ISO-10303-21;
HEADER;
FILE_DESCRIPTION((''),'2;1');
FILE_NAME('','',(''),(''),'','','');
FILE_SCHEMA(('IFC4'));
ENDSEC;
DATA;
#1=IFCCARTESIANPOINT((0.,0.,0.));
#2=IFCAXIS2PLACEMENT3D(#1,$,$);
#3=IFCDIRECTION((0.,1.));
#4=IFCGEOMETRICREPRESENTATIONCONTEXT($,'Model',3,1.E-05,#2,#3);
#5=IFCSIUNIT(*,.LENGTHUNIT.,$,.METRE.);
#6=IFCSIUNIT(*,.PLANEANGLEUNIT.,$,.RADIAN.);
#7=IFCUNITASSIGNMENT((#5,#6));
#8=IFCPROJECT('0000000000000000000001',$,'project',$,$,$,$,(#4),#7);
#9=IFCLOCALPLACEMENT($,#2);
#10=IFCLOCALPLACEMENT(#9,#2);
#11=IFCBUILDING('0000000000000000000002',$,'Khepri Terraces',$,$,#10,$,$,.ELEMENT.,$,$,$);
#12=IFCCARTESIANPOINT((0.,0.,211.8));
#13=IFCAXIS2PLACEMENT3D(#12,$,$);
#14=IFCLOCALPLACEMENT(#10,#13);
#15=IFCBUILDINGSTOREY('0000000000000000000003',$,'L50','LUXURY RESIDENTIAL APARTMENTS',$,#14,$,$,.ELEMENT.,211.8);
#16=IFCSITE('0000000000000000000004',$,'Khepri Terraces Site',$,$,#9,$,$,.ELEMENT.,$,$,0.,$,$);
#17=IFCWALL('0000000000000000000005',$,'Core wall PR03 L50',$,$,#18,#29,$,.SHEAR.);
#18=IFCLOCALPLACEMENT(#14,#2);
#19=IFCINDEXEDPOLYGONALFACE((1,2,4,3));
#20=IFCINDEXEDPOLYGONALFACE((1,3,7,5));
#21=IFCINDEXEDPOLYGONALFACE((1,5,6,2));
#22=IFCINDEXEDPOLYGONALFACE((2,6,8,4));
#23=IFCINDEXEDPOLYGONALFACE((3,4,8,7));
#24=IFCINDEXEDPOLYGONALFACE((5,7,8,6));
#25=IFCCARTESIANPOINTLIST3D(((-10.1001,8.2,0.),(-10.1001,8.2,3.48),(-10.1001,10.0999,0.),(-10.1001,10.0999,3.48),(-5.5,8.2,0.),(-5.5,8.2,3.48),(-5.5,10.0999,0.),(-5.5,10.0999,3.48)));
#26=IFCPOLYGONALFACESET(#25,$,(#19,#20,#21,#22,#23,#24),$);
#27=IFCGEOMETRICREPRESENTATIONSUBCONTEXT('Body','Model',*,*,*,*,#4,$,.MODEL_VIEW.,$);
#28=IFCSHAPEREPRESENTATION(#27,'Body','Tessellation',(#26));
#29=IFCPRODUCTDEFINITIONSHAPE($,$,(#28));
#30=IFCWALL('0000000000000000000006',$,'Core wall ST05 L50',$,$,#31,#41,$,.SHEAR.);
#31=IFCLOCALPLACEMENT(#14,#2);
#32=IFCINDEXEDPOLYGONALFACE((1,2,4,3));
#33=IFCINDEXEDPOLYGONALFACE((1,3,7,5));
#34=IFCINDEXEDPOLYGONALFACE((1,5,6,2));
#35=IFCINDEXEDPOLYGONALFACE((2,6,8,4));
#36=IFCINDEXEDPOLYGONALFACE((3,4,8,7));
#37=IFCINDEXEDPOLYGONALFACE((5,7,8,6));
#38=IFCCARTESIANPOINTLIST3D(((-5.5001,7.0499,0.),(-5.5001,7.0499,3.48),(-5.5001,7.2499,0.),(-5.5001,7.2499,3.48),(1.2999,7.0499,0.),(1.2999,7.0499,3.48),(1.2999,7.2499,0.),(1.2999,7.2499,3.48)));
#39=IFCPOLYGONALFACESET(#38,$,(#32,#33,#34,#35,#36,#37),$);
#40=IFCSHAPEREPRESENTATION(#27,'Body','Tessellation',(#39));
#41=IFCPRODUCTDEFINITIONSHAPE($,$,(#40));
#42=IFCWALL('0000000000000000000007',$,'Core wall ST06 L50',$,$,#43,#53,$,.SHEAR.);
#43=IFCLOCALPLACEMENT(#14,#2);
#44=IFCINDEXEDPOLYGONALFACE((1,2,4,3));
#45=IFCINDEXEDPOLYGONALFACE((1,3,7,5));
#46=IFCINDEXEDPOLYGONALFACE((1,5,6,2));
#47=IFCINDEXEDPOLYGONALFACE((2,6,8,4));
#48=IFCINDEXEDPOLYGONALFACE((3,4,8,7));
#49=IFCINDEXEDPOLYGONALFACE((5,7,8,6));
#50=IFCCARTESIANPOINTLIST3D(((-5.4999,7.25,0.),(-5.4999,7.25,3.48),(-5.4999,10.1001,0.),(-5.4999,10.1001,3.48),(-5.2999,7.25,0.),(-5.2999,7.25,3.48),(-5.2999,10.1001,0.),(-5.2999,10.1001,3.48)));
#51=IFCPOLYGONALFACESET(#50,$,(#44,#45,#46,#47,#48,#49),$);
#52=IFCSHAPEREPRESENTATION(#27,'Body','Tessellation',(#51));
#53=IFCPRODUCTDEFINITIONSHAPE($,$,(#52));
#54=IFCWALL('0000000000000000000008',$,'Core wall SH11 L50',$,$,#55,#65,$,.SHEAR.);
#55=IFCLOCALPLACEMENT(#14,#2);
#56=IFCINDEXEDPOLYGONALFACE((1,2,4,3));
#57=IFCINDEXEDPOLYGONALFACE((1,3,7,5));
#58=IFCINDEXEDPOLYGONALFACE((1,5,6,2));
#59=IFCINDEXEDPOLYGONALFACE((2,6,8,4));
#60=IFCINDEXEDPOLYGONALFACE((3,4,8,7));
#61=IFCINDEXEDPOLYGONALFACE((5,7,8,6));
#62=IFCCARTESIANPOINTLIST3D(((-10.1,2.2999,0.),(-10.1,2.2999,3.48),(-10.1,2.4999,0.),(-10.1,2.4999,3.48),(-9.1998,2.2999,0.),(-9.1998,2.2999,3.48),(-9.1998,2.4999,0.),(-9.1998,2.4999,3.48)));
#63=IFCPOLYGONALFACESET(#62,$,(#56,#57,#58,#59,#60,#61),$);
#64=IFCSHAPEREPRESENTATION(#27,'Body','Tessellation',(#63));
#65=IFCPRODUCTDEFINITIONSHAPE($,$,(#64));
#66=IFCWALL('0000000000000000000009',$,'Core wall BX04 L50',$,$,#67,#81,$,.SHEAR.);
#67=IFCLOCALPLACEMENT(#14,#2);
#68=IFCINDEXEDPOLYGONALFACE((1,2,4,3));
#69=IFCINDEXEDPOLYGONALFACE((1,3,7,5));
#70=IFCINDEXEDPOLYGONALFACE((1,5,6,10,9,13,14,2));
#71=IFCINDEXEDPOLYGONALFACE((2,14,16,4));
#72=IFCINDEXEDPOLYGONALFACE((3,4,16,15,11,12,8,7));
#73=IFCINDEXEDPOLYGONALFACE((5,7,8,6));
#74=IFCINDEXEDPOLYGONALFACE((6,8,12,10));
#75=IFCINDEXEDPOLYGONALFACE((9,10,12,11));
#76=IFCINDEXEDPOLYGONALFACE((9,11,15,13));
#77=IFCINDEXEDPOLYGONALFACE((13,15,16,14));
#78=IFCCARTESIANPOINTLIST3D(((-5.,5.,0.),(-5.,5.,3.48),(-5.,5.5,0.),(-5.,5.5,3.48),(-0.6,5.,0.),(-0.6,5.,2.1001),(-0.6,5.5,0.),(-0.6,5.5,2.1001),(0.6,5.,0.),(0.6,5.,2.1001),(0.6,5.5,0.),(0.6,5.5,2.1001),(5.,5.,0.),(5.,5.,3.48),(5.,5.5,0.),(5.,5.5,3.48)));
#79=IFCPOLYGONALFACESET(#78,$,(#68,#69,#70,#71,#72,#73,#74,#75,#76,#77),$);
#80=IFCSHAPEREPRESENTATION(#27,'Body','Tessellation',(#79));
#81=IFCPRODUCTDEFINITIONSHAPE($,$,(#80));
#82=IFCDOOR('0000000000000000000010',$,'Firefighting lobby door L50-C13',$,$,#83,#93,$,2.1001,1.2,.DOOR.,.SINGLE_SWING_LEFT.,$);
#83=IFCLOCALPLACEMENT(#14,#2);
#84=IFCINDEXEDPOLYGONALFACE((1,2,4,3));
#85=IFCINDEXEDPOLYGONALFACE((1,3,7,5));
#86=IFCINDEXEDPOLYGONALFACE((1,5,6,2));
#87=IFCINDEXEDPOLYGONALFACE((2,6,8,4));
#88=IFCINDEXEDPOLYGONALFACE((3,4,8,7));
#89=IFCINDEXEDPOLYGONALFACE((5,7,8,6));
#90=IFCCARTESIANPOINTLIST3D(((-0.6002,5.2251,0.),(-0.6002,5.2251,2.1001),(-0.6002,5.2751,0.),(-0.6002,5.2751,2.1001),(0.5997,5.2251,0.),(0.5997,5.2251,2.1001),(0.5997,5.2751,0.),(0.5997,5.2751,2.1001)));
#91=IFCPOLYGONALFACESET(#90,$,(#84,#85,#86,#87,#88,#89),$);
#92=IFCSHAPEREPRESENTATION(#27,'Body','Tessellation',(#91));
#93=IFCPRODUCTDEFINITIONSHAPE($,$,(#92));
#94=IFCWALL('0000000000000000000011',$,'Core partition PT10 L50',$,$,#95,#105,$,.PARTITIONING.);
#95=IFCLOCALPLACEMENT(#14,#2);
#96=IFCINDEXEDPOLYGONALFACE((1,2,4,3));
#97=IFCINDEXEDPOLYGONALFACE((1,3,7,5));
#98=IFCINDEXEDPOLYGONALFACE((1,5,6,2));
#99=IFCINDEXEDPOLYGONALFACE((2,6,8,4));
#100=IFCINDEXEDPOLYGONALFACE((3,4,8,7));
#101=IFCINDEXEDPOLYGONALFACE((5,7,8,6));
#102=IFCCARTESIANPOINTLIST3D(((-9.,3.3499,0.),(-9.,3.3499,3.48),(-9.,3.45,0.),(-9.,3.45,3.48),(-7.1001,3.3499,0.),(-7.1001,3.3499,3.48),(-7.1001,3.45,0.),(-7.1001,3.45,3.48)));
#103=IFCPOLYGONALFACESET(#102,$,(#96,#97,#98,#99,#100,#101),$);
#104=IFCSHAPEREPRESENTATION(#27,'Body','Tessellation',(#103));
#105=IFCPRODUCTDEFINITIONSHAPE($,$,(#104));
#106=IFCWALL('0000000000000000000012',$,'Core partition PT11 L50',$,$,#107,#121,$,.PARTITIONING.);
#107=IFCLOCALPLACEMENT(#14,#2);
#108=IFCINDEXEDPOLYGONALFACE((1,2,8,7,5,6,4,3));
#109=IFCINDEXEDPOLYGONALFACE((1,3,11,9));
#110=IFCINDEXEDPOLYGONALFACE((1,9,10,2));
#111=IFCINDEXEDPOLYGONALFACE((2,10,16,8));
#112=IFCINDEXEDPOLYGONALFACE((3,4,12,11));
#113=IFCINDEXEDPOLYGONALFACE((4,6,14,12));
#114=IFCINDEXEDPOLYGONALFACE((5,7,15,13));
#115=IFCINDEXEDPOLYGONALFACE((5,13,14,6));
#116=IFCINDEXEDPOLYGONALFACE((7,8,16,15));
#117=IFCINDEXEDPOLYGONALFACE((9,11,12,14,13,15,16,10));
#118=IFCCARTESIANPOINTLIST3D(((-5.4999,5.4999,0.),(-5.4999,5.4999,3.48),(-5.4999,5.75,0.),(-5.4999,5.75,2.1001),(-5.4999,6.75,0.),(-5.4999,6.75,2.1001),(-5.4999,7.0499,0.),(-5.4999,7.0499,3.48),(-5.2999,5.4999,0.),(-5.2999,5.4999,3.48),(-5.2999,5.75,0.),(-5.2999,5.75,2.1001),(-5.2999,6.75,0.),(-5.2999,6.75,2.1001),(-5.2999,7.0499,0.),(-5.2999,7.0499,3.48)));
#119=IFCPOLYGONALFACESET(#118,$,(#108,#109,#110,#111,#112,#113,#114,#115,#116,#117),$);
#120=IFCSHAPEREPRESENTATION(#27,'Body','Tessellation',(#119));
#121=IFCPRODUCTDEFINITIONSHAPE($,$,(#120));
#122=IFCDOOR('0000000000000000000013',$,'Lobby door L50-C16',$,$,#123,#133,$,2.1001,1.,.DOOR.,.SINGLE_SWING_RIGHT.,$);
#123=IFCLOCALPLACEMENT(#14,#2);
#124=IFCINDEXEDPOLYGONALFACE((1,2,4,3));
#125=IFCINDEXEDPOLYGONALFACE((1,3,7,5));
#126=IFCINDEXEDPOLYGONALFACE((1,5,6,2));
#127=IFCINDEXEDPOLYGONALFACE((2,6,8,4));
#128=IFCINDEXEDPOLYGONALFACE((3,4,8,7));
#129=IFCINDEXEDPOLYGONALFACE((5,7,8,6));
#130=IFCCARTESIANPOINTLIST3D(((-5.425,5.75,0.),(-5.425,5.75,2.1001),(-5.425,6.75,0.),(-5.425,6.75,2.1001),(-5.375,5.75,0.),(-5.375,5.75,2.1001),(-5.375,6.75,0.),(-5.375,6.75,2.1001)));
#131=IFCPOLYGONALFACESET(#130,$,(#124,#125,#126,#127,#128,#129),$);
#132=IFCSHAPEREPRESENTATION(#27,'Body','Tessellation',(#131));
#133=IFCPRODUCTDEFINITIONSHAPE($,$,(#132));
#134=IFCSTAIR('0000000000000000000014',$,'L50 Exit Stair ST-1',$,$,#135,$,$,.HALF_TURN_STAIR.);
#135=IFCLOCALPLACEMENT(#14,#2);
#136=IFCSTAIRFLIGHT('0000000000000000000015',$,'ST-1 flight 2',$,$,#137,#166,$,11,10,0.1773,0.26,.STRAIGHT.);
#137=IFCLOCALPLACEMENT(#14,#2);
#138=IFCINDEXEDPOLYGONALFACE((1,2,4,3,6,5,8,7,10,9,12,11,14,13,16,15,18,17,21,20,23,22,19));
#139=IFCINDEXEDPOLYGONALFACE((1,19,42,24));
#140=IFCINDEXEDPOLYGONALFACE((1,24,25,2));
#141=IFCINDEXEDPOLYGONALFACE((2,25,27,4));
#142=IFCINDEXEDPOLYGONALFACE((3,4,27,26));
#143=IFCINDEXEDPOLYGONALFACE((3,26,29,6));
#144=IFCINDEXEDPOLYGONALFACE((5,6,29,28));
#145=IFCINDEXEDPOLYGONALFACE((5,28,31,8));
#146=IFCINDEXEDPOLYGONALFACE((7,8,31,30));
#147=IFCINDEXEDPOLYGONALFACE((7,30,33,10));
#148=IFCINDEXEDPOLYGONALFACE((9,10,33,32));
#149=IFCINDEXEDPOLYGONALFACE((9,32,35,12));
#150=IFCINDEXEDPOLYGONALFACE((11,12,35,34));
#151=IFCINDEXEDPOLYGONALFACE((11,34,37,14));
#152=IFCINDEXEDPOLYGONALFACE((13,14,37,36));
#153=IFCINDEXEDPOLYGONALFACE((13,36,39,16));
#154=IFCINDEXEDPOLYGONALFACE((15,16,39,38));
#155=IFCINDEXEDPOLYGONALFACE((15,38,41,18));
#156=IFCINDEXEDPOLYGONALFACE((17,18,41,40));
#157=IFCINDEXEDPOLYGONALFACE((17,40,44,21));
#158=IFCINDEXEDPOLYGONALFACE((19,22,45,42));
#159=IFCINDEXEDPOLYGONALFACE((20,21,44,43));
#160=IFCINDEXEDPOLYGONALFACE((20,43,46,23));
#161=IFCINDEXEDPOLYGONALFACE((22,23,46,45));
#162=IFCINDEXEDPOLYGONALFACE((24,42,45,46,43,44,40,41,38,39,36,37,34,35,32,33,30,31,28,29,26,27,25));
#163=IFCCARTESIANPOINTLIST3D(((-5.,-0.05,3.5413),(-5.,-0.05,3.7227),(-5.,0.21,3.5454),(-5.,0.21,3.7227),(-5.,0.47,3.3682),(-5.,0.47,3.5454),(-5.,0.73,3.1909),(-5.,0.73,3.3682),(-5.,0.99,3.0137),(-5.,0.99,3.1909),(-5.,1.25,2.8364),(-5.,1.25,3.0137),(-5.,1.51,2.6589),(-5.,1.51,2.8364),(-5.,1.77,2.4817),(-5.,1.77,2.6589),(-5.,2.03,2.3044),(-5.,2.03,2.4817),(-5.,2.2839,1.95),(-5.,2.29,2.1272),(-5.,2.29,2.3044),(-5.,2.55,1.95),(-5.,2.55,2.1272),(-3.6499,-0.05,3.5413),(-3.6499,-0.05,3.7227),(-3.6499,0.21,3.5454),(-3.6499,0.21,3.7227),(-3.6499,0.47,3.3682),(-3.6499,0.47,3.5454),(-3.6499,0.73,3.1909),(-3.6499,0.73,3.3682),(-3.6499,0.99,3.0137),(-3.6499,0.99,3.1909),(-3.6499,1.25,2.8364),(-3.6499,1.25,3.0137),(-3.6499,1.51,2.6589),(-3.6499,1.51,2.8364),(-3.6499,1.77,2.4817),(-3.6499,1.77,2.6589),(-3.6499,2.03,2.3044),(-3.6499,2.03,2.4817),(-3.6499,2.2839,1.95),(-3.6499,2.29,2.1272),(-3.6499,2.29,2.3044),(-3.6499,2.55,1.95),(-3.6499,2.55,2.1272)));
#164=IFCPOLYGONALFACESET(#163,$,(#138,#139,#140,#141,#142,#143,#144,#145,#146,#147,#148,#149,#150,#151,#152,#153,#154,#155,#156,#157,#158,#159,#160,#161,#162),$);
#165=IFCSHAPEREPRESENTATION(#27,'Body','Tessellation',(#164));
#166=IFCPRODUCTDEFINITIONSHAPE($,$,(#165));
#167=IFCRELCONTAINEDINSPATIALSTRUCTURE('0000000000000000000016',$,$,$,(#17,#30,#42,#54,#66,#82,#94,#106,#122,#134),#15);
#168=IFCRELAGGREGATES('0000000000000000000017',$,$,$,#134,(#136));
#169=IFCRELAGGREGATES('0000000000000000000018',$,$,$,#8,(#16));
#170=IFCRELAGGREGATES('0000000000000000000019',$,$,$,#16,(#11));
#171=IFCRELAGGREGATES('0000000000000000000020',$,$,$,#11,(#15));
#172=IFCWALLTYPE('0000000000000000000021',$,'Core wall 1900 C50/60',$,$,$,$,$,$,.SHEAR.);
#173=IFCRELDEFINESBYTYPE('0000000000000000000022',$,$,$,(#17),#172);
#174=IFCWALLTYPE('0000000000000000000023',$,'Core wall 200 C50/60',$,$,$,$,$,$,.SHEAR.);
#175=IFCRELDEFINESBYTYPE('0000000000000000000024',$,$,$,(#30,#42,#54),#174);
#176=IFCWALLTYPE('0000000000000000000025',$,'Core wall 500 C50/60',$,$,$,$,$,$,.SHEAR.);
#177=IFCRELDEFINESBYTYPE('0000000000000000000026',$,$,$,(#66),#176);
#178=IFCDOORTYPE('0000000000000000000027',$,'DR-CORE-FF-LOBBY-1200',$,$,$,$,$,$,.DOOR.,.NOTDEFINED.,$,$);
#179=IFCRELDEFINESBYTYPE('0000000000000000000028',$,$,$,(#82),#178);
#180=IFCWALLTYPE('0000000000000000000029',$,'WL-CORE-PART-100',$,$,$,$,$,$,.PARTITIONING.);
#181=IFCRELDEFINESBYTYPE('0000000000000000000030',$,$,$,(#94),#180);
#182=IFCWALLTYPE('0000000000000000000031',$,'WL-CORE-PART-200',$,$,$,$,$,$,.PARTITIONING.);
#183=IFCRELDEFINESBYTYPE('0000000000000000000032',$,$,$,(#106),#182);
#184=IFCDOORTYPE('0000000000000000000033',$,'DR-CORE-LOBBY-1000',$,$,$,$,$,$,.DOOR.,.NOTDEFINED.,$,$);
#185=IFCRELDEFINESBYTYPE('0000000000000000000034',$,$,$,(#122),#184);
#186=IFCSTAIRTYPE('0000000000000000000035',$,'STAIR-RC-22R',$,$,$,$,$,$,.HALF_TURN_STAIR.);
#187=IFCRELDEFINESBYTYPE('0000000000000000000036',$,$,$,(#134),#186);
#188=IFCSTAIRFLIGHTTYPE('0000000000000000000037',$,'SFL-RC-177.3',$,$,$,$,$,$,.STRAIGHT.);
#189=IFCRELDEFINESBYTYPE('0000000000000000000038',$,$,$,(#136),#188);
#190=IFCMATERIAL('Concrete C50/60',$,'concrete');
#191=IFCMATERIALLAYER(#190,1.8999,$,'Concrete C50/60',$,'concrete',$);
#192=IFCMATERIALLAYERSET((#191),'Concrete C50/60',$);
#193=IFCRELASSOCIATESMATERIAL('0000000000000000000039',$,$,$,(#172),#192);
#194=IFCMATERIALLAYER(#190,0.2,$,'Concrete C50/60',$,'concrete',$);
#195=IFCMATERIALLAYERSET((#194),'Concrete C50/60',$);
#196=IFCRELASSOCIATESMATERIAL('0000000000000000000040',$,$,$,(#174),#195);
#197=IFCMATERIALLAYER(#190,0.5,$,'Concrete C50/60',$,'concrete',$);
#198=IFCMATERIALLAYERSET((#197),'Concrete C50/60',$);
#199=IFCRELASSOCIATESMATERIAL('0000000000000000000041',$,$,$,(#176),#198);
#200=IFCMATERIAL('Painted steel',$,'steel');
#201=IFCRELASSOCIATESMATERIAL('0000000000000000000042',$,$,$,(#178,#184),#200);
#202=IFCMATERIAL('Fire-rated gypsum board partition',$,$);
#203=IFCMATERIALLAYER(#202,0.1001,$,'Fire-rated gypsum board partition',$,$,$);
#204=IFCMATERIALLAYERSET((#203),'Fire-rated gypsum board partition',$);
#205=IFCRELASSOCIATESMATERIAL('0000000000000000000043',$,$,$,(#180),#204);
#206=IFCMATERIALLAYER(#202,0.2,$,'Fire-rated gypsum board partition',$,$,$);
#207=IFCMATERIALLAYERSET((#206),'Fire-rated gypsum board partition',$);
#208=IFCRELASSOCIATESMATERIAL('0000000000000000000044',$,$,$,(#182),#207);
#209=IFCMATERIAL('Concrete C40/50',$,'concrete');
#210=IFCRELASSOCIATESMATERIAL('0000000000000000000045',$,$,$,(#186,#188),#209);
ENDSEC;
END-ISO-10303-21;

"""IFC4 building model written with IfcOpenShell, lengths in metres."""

from ifc_helpers import new_model, si_unit, direction, frame, frame_2d, origin, place, context, subcontext, project, spatial, polyline, rectangle, outline, extrude, material, layer, layer_set, type_object, element, fill, aggregate, save


model = new_model("IFC4")

# Units and contexts
model_context = context("Model", 3, precision=1e-05, world=origin(), true_north=direction((0.0, 1.0)))
body_context = subcontext(model_context, "Body", "Model", "MODEL_VIEW")
ifc_project = project(units=[si_unit("LENGTHUNIT", "METRE"), si_unit("PLANEANGLEUNIT", "RADIAN")], contexts=[model_context])

# Site, building, storey
site_placement = place(None, origin())
site = spatial("IfcSite", under=ifc_project, at=site_placement, Name="Khepri Terraces Site", CompositionType="ELEMENT", RefElevation=0.0)
building_placement = place(site_placement, origin())
building = spatial("IfcBuilding", under=site, at=building_placement, Name="Khepri Terraces", CompositionType="ELEMENT")
storey_placement = place(building_placement, frame((0.0, 0.0, 211.8)))
storey = spatial("IfcBuildingStorey", under=building, at=storey_placement, Name="L50", Description="LUXURY RESIDENTIAL APARTMENTS", CompositionType="ELEMENT", Elevation=211.8)

# Walls
ifc_material_1 = material(Name="Concrete C50/60", Category="concrete")
ifc_layer_1 = layer(ifc_material_1, 1.8999, Name="Concrete C50/60", Category="concrete")
ifc_layer_set_1 = layer_set([ifc_layer_1], Name="Concrete C50/60")
wall_type_1 = type_object("IfcWallType", Name="Core wall 1900 C50/60", PredefinedType="SHEAR", material=ifc_layer_set_1)
wall_1_placement = place(storey_placement, frame((-10.1001, 9.1499, 0.0), z_axis=(0.0, 0.0, 1.0), x_axis=(1.0, 0.0, 0.0)))
element("IfcWall", 1, at=wall_1_placement, inside=storey, type_object=wall_type_1, Name="Core wall PR03 L50", PredefinedType="SHEAR", context=body_context, shape_type="SweptSolid", body=[
    extrude(rectangle(XDim=4.6001, YDim=1.8999, at=frame_2d((2.3, 0.0))), origin(), (0.0, 0.0, 1.0), 3.48),
])
ifc_layer_2 = layer(ifc_material_1, 0.2, Name="Concrete C50/60", Category="concrete")
ifc_layer_set_2 = layer_set([ifc_layer_2], Name="Concrete C50/60")
wall_type_2 = type_object("IfcWallType", Name="Core wall 200 C50/60", PredefinedType="SHEAR", material=ifc_layer_set_2)
wall_2_placement = place(storey_placement, frame((-5.5, 7.1499, 0.0), z_axis=(0.0, 0.0, 1.0), x_axis=(1.0, 0.0, 0.0)))
element("IfcWall", 2, at=wall_2_placement, inside=storey, type_object=wall_type_2, Name="Core wall ST05 L50", PredefinedType="SHEAR", context=body_context, shape_type="SweptSolid", body=[
    extrude(rectangle(XDim=6.8, YDim=0.2, at=frame_2d((3.3999, 0.0))), origin(), (0.0, 0.0, 1.0), 3.48),
])
wall_3_placement = place(storey_placement, frame((-5.3999, 7.25, 0.0), z_axis=(0.0, 0.0, 1.0), x_axis=(0.0, 1.0, 0.0)))
element("IfcWall", 3, at=wall_3_placement, inside=storey, type_object=wall_type_2, Name="Core wall ST06 L50", PredefinedType="SHEAR", context=body_context, shape_type="SweptSolid", body=[
    extrude(rectangle(XDim=2.8501, YDim=0.2, at=frame_2d((1.425, 0.0))), origin(), (0.0, 0.0, 1.0), 3.48),
])
wall_4_placement = place(storey_placement, frame((-10.1001, 2.3999, 0.0), z_axis=(0.0, 0.0, 1.0), x_axis=(1.0, 0.0, 0.0)))
element("IfcWall", 4, at=wall_4_placement, inside=storey, type_object=wall_type_2, Name="Core wall SH11 L50", PredefinedType="SHEAR", context=body_context, shape_type="SweptSolid", body=[
    extrude(rectangle(XDim=0.9001, YDim=0.2, at=frame_2d((0.4502, 0.0))), origin(), (0.0, 0.0, 1.0), 3.48),
])

# Wall, opening, door
ifc_layer_3 = layer(ifc_material_1, 0.5, Name="Concrete C50/60", Category="concrete")
ifc_layer_set_3 = layer_set([ifc_layer_3], Name="Concrete C50/60")
wall_type_3 = type_object("IfcWallType", Name="Core wall 500 C50/60", PredefinedType="SHEAR", material=ifc_layer_set_3)
wall_5_placement = place(storey_placement, frame((-5.0, 5.25, 0.0), z_axis=(0.0, 0.0, 1.0), x_axis=(1.0, 0.0, 0.0)))
wall_5 = element("IfcWall", 5, at=wall_5_placement, inside=storey, type_object=wall_type_3, Name="Core wall BX04 L50", PredefinedType="SHEAR", context=body_context, shape_type="SweptSolid", body=[
    extrude(rectangle(XDim=10.0, YDim=0.5, at=frame_2d((5.0, 0.0))), origin(), (0.0, 0.0, 1.0), 3.48),
])
opening_1_placement = place(wall_5_placement, frame((4.3999, 0.0, 0.0)))
opening_1 = element("IfcOpeningElement", 6, at=opening_1_placement, cuts=wall_5, PredefinedType="OPENING", context=body_context, shape_type="SweptSolid", body=[
    extrude(rectangle(XDim=1.2, YDim=2.1001, at=frame_2d((0.6001, 1.05))), frame((0.0, 0.26, 0.0), z_axis=(0.0, -1.0, 0.0), x_axis=(1.0, 0.0, 0.0)), (0.0, 0.0, 1.0), 0.52),
])
ifc_material_2 = material(Name="Painted steel", Category="steel")
door_type_1 = type_object("IfcDoorType", Name="DR-CORE-FF-LOBBY-1200", OperationType="NOTDEFINED", PredefinedType="DOOR", material=ifc_material_2)
door_1_placement = place(opening_1_placement, frame((1.2, 0.0, 0.0), z_axis=(0.0, 0.0, 1.0), x_axis=(-1.0, 0.0, 0.0)))
door_1 = element("IfcDoor", 7, at=door_1_placement, inside=storey, type_object=door_type_1, Name="Firefighting lobby door L50-C13", OperationType="SINGLE_SWING_LEFT", OverallHeight=2.1001, OverallWidth=1.2, PredefinedType="DOOR", context=body_context, shape_type="SweptSolid", body=[
    extrude(rectangle(XDim=1.2, YDim=2.1001, at=frame_2d((0.6001, 1.05))), frame((0.0, 0.0249, 0.0), z_axis=(0.0, -1.0, 0.0), x_axis=(1.0, 0.0, 0.0)), (0.0, 0.0, 1.0), 0.05),
])
fill(opening_1, door_1)

# Wall
ifc_material_3 = material(Name="Fire-rated gypsum board partition")
ifc_layer_4 = layer(ifc_material_3, 0.1001, Name="Fire-rated gypsum board partition")
ifc_layer_set_4 = layer_set([ifc_layer_4], Name="Fire-rated gypsum board partition")
wall_type_4 = type_object("IfcWallType", Name="WL-CORE-PART-100", PredefinedType="PARTITIONING", material=ifc_layer_set_4)
wall_6_placement = place(storey_placement, frame((-9.0, 3.3999, 0.0), z_axis=(0.0, 0.0, 1.0), x_axis=(1.0, 0.0, 0.0)))
element("IfcWall", 8, at=wall_6_placement, inside=storey, type_object=wall_type_4, Name="Core partition PT10 L50", PredefinedType="PARTITIONING", context=body_context, shape_type="SweptSolid", body=[
    extrude(rectangle(XDim=1.8999, YDim=0.1001, at=frame_2d((0.95, 0.0))), origin(), (0.0, 0.0, 1.0), 3.48),
])

# Wall, opening, door
ifc_layer_5 = layer(ifc_material_3, 0.2, Name="Fire-rated gypsum board partition")
ifc_layer_set_5 = layer_set([ifc_layer_5], Name="Fire-rated gypsum board partition")
wall_type_5 = type_object("IfcWallType", Name="WL-CORE-PART-200", PredefinedType="PARTITIONING", material=ifc_layer_set_5)
wall_7_placement = place(storey_placement, frame((-5.3999, 5.5, 0.0), z_axis=(0.0, 0.0, 1.0), x_axis=(0.0, 1.0, 0.0)))
wall_7 = element("IfcWall", 9, at=wall_7_placement, inside=storey, type_object=wall_type_5, Name="Core partition PT11 L50", PredefinedType="PARTITIONING", context=body_context, shape_type="SweptSolid", body=[
    extrude(rectangle(XDim=1.55, YDim=0.2, at=frame_2d((0.7749, 0.0))), origin(), (0.0, 0.0, 1.0), 3.48),
])
opening_2_placement = place(wall_7_placement, frame((0.25, 0.0, 0.0)))
opening_2 = element("IfcOpeningElement", 10, at=opening_2_placement, cuts=wall_7, PredefinedType="OPENING", context=body_context, shape_type="SweptSolid", body=[
    extrude(rectangle(XDim=1.0, YDim=2.1001, at=frame_2d((0.5, 1.05))), frame((0.0, 0.1099, 0.0), z_axis=(0.0, -1.0, 0.0), x_axis=(1.0, 0.0, 0.0)), (0.0, 0.0, 1.0), 0.22),
])
door_type_2 = type_object("IfcDoorType", Name="DR-CORE-LOBBY-1000", OperationType="NOTDEFINED", PredefinedType="DOOR", material=ifc_material_2)
door_2_placement = place(opening_2_placement, frame((1.0, 0.0, 0.0), z_axis=(0.0, 0.0, 1.0), x_axis=(-1.0, 0.0, 0.0)))
door_2 = element("IfcDoor", 11, at=door_2_placement, inside=storey, type_object=door_type_2, Name="Lobby door L50-C16", OperationType="SINGLE_SWING_RIGHT", OverallHeight=2.1001, OverallWidth=1.0, PredefinedType="DOOR", context=body_context, shape_type="SweptSolid", body=[
    extrude(rectangle(XDim=1.0, YDim=2.1001, at=frame_2d((0.5, 1.05))), frame((0.0, 0.0249, 0.0), z_axis=(0.0, -1.0, 0.0), x_axis=(1.0, 0.0, 0.0)), (0.0, 0.0, 1.0), 0.05),
])
fill(opening_2, door_2)

# Stair, stair flight
ifc_material_4 = material(Name="Concrete C40/50", Category="concrete")
stair_type = type_object("IfcStairType", Name="STAIR-RC-22R", PredefinedType="HALF_TURN_STAIR", material=ifc_material_4)
stair_1_placement = place(storey_placement, origin())
stair_1 = element("IfcStair", 12, at=stair_1_placement, inside=storey, type_object=stair_type, Name="L50 Exit Stair ST-1", PredefinedType="HALF_TURN_STAIR")
stair_flight_type = type_object("IfcStairFlightType", Name="SFL-RC-177.3", PredefinedType="STRAIGHT", material=ifc_material_4)
stair_flight_1_placement = place(storey_placement, frame((-4.325, 2.55, 1.95), z_axis=(0.0, 0.0, 1.0), x_axis=(0.0, -1.0, 0.0)))
stair_flight_1 = element("IfcStairFlight", 13, at=stair_flight_1_placement, type_object=stair_flight_type, Name="ST-1 flight 2", NumberOfRisers=11, NumberOfTreads=10, PredefinedType="STRAIGHT", RiserHeight=0.1773, TreadLength=0.26, context=body_context, shape_type="SweptSolid", body=[
    extrude(outline(polyline([(0.0, 0.0), (0.0, 0.1772), (0.26, 0.1772), (0.26, 0.3545), (0.52, 0.3545), (0.52, 0.5317), (0.78, 0.5317), (0.78, 0.709), (1.04, 0.709), (1.04, 0.8865), (1.3, 0.8865), (1.3, 1.0637), (1.5601, 1.0637), (1.5601, 1.241), (1.8201, 1.241), (1.8201, 1.4182), (2.0801, 1.4182), (2.0801, 1.5955), (2.3401, 1.5955), (2.3401, 1.7727), (2.6001, 1.7727), (2.6001, 1.95), (2.6001, 1.5913), (0.2661, 0.0), (0.0, 0.0)])), frame((0.0, 0.675, 0.0), z_axis=(0.0, -1.0, 0.0), x_axis=(1.0, 0.0, 0.0)), (0.0, 0.0, 1.0), 1.3501),
])
aggregate(stair_1, [stair_flight_1])

save(model, "model.ifc")
